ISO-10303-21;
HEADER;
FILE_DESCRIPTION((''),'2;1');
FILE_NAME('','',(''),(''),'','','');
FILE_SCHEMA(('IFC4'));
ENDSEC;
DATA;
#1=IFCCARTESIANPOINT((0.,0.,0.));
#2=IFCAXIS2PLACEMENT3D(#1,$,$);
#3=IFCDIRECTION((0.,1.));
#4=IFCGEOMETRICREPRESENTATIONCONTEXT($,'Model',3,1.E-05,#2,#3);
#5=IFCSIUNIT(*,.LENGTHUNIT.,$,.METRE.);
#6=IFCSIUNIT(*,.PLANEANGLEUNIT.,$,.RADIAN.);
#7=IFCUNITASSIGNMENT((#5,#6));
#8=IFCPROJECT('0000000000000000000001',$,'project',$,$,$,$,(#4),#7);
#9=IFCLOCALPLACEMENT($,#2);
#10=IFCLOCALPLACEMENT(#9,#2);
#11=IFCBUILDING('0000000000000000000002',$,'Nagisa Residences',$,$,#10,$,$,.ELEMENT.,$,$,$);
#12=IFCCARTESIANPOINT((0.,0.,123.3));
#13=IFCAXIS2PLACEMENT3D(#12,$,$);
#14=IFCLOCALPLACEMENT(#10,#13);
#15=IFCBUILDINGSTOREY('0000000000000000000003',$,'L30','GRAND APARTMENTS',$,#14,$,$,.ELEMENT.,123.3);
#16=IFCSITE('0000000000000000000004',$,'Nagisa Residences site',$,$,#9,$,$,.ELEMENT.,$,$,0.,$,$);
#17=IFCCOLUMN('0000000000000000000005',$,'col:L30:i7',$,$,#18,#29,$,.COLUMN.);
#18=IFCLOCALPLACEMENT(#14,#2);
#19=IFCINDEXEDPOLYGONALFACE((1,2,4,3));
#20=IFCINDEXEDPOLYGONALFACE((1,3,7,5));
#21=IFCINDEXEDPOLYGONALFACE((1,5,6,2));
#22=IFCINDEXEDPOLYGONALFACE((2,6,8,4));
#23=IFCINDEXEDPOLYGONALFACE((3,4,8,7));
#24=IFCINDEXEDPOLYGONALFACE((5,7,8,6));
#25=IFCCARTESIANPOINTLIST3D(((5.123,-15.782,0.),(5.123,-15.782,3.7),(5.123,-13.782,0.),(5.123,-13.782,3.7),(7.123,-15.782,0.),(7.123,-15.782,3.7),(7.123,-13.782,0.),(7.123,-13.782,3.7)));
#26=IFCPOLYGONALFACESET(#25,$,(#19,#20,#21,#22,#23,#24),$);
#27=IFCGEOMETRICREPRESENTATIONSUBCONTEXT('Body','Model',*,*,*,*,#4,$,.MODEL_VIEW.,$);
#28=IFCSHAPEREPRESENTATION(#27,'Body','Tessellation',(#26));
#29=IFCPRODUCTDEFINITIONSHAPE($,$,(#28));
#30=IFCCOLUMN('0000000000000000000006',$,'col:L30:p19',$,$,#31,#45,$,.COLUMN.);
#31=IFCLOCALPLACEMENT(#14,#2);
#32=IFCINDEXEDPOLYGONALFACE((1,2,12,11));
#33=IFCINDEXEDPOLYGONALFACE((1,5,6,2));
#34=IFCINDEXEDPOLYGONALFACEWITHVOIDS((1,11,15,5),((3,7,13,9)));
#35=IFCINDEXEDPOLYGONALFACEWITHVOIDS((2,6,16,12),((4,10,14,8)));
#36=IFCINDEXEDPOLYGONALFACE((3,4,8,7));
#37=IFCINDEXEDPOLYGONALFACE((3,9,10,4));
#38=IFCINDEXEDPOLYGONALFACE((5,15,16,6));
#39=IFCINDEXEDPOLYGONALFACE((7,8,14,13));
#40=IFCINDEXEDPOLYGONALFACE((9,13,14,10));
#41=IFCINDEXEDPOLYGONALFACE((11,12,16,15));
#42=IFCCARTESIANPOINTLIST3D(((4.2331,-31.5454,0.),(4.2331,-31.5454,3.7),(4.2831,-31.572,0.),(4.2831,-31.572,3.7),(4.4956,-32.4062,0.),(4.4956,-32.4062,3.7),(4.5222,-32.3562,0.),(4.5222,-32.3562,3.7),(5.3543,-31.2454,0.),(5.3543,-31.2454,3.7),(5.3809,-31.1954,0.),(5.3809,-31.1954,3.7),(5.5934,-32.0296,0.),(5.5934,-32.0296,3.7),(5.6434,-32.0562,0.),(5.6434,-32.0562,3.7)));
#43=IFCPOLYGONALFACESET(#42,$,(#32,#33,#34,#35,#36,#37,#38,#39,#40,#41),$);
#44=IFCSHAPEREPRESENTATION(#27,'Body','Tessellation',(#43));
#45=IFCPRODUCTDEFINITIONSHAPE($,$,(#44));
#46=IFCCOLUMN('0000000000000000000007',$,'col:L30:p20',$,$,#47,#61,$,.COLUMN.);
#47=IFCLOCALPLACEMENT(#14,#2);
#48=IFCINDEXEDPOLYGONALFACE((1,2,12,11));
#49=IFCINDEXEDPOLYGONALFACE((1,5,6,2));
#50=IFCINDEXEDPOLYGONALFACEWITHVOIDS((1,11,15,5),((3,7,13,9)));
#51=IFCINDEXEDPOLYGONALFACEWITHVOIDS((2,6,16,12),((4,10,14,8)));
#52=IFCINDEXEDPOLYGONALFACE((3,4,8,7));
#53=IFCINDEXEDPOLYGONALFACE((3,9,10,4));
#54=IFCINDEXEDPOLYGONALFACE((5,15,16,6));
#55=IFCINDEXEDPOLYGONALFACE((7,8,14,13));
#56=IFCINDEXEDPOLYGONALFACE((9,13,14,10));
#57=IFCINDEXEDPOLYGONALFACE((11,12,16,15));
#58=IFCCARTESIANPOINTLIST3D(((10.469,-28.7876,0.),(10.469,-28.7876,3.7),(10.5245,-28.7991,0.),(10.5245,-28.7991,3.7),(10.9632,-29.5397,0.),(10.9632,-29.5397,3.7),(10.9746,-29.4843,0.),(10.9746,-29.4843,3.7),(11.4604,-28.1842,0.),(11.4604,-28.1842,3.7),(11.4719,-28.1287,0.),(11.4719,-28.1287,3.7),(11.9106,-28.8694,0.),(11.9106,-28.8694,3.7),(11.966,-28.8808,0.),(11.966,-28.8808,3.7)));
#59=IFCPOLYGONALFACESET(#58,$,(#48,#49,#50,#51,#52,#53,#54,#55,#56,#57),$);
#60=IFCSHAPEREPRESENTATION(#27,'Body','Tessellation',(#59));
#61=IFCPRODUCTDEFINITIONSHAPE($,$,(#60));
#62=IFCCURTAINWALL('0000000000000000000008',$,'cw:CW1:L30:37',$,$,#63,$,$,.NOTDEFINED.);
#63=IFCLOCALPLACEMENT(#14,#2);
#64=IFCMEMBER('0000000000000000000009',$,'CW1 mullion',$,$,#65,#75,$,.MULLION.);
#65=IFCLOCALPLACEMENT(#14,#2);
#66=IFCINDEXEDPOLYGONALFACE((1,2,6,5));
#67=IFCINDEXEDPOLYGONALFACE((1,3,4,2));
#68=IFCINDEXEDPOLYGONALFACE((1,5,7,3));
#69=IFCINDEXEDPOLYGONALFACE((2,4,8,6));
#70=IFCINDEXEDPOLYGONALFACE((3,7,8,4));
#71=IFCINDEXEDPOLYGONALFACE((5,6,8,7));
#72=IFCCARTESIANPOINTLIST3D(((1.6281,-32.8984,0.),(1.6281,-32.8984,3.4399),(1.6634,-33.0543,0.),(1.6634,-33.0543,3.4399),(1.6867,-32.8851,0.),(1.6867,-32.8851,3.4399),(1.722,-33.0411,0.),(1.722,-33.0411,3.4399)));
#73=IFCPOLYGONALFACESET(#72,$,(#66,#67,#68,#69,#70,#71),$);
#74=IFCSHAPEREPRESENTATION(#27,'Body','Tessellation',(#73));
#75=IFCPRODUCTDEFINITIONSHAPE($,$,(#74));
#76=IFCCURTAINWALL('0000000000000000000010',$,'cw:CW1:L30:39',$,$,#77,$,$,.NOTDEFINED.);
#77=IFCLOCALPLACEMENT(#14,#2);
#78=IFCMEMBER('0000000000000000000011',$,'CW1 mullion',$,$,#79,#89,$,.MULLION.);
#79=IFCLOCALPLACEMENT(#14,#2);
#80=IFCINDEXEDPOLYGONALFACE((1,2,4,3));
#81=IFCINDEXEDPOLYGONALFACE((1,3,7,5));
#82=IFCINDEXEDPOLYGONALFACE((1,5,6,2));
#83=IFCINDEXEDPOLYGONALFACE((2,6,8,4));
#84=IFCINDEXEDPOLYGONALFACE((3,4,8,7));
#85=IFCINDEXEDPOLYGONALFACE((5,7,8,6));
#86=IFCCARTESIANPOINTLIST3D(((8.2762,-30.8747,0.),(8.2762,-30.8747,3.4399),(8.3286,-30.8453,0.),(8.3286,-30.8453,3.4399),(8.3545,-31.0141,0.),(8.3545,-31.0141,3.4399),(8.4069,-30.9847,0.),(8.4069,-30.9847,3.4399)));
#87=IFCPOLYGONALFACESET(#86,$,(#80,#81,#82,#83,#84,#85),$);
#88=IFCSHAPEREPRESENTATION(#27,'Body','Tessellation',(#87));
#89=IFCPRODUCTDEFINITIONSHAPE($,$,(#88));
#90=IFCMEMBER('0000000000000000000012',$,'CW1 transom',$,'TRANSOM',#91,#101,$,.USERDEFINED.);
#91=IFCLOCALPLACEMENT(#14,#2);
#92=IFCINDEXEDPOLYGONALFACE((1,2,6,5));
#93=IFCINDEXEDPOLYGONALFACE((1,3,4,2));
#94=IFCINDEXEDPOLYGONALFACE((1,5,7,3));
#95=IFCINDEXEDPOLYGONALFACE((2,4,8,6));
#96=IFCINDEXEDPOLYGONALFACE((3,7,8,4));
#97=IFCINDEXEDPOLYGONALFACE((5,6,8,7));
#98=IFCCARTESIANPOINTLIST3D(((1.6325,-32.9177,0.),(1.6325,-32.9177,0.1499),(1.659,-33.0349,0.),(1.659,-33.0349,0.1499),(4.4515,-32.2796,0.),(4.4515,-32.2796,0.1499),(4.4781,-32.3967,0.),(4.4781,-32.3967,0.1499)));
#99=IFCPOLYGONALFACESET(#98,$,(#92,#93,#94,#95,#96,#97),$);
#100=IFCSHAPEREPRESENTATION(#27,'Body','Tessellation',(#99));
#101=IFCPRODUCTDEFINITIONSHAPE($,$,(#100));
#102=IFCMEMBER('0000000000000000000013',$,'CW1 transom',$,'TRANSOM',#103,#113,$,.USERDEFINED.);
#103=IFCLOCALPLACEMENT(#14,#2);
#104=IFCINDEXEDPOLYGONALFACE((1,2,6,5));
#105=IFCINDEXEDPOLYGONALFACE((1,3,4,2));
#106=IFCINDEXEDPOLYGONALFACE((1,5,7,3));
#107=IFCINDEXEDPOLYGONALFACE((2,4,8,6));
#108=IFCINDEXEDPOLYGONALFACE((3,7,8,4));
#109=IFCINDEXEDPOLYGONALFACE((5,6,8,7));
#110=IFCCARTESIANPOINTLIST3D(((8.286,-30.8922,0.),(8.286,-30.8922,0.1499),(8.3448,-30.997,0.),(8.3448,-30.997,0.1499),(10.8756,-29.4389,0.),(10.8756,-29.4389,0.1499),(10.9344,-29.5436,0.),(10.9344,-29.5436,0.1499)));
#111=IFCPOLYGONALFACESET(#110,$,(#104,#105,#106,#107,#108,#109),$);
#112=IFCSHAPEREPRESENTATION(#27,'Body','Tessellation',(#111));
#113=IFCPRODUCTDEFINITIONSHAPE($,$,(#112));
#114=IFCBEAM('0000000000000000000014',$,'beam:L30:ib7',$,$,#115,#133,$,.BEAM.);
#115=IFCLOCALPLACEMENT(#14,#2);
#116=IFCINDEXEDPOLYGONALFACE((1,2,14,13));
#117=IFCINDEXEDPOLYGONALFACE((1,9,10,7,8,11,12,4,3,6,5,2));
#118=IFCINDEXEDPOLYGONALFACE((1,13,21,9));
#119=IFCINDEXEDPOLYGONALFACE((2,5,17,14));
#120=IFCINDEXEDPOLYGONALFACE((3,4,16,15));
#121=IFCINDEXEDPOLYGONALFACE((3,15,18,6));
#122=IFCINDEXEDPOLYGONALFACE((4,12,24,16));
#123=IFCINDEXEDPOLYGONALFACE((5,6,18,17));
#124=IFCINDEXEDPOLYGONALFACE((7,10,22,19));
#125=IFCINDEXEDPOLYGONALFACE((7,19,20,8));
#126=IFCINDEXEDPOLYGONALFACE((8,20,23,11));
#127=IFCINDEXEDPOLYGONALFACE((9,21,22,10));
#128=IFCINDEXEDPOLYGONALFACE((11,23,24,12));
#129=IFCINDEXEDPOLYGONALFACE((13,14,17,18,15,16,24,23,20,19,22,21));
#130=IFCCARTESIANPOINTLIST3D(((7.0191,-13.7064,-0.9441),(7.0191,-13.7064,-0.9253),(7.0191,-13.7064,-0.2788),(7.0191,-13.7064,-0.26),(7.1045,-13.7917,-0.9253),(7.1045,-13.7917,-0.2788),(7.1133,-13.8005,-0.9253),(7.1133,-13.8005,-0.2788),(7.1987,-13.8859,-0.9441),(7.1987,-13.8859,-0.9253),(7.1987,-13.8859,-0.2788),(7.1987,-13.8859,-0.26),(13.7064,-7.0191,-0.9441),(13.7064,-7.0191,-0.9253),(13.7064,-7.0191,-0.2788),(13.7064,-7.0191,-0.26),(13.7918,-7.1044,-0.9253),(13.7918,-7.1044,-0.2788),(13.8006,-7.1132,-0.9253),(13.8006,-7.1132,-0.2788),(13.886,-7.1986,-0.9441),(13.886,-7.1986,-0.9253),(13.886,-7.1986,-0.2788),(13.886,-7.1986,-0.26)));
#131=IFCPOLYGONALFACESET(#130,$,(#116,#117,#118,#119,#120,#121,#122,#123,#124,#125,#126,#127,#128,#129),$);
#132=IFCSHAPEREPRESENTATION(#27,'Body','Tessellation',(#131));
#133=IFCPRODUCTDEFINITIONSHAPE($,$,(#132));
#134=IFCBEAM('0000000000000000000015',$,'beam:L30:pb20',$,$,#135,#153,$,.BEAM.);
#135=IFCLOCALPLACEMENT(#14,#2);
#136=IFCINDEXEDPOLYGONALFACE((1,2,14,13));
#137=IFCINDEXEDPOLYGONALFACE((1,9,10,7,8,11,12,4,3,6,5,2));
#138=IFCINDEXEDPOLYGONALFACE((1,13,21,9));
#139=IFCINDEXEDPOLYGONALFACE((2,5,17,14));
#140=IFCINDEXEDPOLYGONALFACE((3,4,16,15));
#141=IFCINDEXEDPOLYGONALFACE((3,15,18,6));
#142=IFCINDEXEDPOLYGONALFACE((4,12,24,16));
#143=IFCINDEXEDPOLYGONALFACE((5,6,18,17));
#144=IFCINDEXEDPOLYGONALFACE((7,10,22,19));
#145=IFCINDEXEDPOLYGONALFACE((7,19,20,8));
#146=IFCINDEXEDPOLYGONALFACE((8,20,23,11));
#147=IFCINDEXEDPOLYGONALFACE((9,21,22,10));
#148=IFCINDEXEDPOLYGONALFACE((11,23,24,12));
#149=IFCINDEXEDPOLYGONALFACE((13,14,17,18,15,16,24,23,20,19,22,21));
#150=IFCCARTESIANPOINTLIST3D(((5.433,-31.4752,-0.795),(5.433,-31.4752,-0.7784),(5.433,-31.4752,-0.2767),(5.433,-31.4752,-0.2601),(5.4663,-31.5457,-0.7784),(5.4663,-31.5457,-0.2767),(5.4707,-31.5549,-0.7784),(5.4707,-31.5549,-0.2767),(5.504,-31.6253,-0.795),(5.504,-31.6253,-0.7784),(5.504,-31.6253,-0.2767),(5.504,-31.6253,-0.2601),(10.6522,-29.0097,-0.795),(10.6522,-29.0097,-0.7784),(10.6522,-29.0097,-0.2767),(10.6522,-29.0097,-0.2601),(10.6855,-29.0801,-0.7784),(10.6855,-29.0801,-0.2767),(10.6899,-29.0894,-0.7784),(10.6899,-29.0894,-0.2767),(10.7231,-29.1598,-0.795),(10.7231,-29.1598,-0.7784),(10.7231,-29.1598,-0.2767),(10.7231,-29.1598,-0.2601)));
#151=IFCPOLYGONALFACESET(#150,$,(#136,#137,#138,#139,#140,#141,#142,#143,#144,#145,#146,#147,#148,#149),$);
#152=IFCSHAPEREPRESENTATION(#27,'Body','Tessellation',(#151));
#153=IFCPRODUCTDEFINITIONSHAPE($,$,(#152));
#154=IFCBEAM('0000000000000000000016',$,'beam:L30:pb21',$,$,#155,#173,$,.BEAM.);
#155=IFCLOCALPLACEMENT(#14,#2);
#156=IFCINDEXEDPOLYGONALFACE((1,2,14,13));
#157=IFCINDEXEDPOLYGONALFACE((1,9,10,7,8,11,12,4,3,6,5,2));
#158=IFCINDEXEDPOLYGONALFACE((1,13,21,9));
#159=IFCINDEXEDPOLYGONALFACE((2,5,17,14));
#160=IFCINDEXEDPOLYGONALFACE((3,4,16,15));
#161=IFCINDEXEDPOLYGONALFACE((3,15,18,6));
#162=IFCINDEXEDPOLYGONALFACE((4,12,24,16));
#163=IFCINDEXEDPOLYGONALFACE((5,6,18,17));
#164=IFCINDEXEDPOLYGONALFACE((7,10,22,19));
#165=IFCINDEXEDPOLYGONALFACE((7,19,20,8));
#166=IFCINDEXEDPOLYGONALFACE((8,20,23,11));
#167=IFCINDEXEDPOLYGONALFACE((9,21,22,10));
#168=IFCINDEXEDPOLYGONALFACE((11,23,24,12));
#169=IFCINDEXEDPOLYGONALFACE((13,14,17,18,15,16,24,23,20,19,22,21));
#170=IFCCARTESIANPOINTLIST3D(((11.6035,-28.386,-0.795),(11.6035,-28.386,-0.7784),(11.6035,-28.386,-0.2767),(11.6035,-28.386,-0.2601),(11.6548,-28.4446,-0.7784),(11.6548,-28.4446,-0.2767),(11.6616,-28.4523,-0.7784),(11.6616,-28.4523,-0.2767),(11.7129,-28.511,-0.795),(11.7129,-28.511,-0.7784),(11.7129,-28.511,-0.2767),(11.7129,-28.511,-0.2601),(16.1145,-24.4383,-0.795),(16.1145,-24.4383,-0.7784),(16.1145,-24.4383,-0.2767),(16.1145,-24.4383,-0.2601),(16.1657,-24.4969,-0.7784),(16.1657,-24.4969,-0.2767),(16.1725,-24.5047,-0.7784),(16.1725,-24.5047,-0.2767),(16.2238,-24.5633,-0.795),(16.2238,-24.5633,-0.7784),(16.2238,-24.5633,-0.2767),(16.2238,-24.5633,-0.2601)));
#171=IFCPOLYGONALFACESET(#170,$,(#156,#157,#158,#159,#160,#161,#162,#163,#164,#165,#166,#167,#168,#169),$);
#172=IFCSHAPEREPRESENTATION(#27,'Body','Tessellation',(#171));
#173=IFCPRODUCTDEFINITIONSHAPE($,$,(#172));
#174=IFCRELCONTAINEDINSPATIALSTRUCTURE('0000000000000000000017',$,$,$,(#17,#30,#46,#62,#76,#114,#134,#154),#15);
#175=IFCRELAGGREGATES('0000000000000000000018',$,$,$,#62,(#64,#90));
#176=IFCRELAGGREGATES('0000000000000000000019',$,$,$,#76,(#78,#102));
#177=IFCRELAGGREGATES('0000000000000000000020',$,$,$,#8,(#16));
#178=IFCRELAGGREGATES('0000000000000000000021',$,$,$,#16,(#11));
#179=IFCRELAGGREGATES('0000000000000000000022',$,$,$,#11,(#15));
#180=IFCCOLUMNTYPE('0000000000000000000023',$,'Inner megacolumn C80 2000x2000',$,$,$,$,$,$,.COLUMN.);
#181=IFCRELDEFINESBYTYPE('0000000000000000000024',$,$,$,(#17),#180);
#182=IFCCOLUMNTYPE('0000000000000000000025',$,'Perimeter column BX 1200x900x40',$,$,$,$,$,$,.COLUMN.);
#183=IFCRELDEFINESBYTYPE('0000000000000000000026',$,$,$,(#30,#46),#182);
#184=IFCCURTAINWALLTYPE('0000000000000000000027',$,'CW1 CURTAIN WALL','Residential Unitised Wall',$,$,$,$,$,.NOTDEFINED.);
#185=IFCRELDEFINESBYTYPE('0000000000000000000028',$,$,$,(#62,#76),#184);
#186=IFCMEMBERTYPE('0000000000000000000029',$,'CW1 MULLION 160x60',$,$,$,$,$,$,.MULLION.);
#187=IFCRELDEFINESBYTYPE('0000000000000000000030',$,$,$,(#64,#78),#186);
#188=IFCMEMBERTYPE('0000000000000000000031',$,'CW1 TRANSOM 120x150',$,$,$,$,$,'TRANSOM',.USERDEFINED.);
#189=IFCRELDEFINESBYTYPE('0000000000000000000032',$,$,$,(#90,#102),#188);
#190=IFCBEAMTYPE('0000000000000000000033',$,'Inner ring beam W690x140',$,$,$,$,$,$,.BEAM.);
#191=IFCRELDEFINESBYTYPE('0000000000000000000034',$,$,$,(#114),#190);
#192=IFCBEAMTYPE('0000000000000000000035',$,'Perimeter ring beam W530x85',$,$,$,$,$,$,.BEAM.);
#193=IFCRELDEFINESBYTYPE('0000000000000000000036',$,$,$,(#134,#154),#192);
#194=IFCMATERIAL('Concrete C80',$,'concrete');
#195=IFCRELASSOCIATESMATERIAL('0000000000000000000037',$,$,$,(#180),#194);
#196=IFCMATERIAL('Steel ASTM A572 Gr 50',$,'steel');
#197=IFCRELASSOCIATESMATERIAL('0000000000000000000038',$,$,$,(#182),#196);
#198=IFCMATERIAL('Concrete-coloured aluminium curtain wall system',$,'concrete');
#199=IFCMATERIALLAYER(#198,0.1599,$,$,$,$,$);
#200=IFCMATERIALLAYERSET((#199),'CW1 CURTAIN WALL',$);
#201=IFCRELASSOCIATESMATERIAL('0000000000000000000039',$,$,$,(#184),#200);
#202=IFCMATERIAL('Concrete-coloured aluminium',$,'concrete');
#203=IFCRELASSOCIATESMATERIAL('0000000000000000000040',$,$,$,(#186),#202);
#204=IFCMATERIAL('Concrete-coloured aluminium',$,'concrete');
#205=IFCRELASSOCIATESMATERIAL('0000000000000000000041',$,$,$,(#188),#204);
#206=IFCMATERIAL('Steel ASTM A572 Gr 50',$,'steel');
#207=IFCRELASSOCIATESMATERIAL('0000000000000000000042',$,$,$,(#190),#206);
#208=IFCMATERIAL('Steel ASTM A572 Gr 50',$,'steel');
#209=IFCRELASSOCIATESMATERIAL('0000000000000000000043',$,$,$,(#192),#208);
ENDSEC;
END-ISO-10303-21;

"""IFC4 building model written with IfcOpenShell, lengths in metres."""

from ifc_helpers import new_model, si_unit, direction, frame, origin, origin_2d, place, context, subcontext, project, spatial, rectangle, hollow_rectangle, i_section, extrude, material, layer, layer_set, material_profile, profile_set, type_object, element, aggregate, save


model = new_model("IFC4")

# Units and contexts
model_context = context("Model", 3, precision=1e-05, world=origin(), true_north=direction((0.0, 1.0)))
body_context = subcontext(model_context, "Body", "Model", "MODEL_VIEW")
ifc_project = project(units=[si_unit("LENGTHUNIT", "METRE"), si_unit("PLANEANGLEUNIT", "RADIAN")], contexts=[model_context])

# Site, building, storey
site_placement = place(None, origin())
site = spatial("IfcSite", under=ifc_project, at=site_placement, Name="Nagisa Residences site", CompositionType="ELEMENT", RefElevation=0.0)
building_placement = place(site_placement, origin())
building = spatial("IfcBuilding", under=site, at=building_placement, Name="Nagisa Residences", CompositionType="ELEMENT")
storey_placement = place(building_placement, frame((0.0, 0.0, 123.3)))
storey = spatial("IfcBuildingStorey", under=building, at=storey_placement, Name="L30", Description="GRAND APARTMENTS", CompositionType="ELEMENT", Elevation=123.3)

# Columns
ifc_material_1 = material(Name="Concrete C80", Category="concrete")
ifc_material_profile_1 = material_profile(ifc_material_1, rectangle(XDim=2.0, YDim=2.0, at=origin_2d()), Name="C80 2000x2000")
ifc_profile_set_1 = profile_set([ifc_material_profile_1], Name="Concrete C80")
column_type_1 = type_object("IfcColumnType", Name="Inner megacolumn C80 2000x2000", PredefinedType="COLUMN", material=ifc_profile_set_1)
column_placement = place(storey_placement, frame((6.123, -14.782, 0.0), z_axis=(0.0, 0.0, 1.0), x_axis=(1.0, 0.0, 0.0)))
element("IfcColumn", 1, at=column_placement, inside=storey, type_object=column_type_1, Name="col:L30:i7", PredefinedType="COLUMN", context=body_context, shape_type="SweptSolid", body=[
    extrude(rectangle(XDim=2.0, YDim=2.0, at=origin_2d()), origin(), (0.0, 0.0, 1.0), 3.7),
])
ifc_material_2 = material(Name="Steel ASTM A572 Gr 50", Category="steel")
ifc_material_profile_2 = material_profile(ifc_material_2, hollow_rectangle(XDim=1.2, YDim=0.8999, WallThickness=0.04, at=origin_2d()), Name="BX 1200x900x40")
ifc_profile_set_2 = profile_set([ifc_material_profile_2], Name="Steel ASTM A572 Gr 50")
column_type_2 = type_object("IfcColumnType", Name="Perimeter column BX 1200x900x40", PredefinedType="COLUMN", material=ifc_profile_set_2)
for number, where, z_axis, x_axis, name in (
    (2, (4.9382, -31.8008, 0.0), (0.0, 0.0, 1.0), (0.956525, 0.291652, 0.0), "col:L30:p19"),
    (3, (11.2175, -28.8342, 0.0), (0.0, 0.0, 1.0), (0.835766, 0.549086, 0.0), "col:L30:p20"),
):
    element("IfcColumn", number, at=place(storey_placement, frame(where, z_axis=z_axis, x_axis=x_axis)), inside=storey, type_object=column_type_2, Name=name, PredefinedType="COLUMN", context=body_context, shape_type="SweptSolid", body=[
        extrude(hollow_rectangle(XDim=1.2, YDim=0.8999, WallThickness=0.04, at=origin_2d()), origin(), (0.0, 0.0, 1.0), 3.7),
    ])

# Curtain walls, members
ifc_material_3 = material(Name="Concrete-coloured aluminium curtain wall system", Category="concrete")
ifc_layer_1 = layer(ifc_material_3, 0.1599)
ifc_layer_set_1 = layer_set([ifc_layer_1], Name="CW1 CURTAIN WALL")
curtain_wall_type = type_object("IfcCurtainWallType", Name="CW1 CURTAIN WALL", Description="Residential Unitised Wall", PredefinedType="NOTDEFINED", material=ifc_layer_set_1)
curtain_wall_1_placement = place(storey_placement, origin())
curtain_wall_1 = element("IfcCurtainWall", 4, at=curtain_wall_1_placement, inside=storey, type_object=curtain_wall_type, Name="cw:CW1:L30:37", PredefinedType="NOTDEFINED")
ifc_material_4 = material(Name="Concrete-coloured aluminium", Category="concrete")
ifc_material_profile_3 = material_profile(ifc_material_4, rectangle(XDim=0.1599, YDim=0.0601, at=origin_2d()), Name="CW1 MULLION 160x60")
ifc_profile_set_3 = profile_set([ifc_material_profile_3], Name="Concrete-coloured aluminium")
member_type_1 = type_object("IfcMemberType", Name="CW1 MULLION 160x60", PredefinedType="MULLION", material=ifc_profile_set_3)
member_1_placement = place(storey_placement, frame((1.675, -32.9697, 0.0), z_axis=(0.0, 0.0, 1.0), x_axis=(-0.220764, 0.975327, 0.0)))
member_1 = element("IfcMember", 5, at=member_1_placement, type_object=member_type_1, Name="CW1 mullion", PredefinedType="MULLION", context=body_context, shape_type="SweptSolid", body=[
    extrude(rectangle(XDim=0.1599, YDim=0.0601, at=origin_2d()), origin(), (0.0, 0.0, 1.0), 3.4399),
])
curtain_wall_2_placement = place(storey_placement, origin())
curtain_wall_2 = element("IfcCurtainWall", 6, at=curtain_wall_2_placement, inside=storey, type_object=curtain_wall_type, Name="cw:CW1:L30:39", PredefinedType="NOTDEFINED")
member_2_placement = place(storey_placement, frame((8.3416, -30.9297, 0.0), z_axis=(0.0, 0.0, 1.0), x_axis=(-0.489377, 0.872072, 0.0)))
member_2 = element("IfcMember", 7, at=member_2_placement, type_object=member_type_1, Name="CW1 mullion", PredefinedType="MULLION", context=body_context, shape_type="SweptSolid", body=[
    extrude(rectangle(XDim=0.1599, YDim=0.0601, at=origin_2d()), origin(), (0.0, 0.0, 1.0), 3.4399),
])

# Members
ifc_material_5 = material(Name="Concrete-coloured aluminium", Category="concrete")
ifc_material_profile_4 = material_profile(ifc_material_5, rectangle(XDim=0.1201, YDim=0.1499, at=origin_2d()), Name="CW1 TRANSOM 120x150")
ifc_profile_set_4 = profile_set([ifc_material_profile_4], Name="Concrete-coloured aluminium")
member_type_2 = type_object("IfcMemberType", Name="CW1 TRANSOM 120x150", ElementType="TRANSOM", PredefinedType="USERDEFINED", material=ifc_profile_set_4)
member_3_placement = place(storey_placement, frame((1.6458, -32.9763, 0.075), z_axis=(0.975321, 0.220792, 0.0), x_axis=(-0.220792, 0.975321, 0.0)))
member_3 = element("IfcMember", 8, at=member_3_placement, type_object=member_type_2, Name="CW1 transom", ObjectType="TRANSOM", PredefinedType="USERDEFINED", context=body_context, shape_type="SweptSolid", body=[
    extrude(rectangle(XDim=0.1201, YDim=0.1499, at=origin_2d()), origin(), (0.0, 0.0, 1.0), 2.8904),
])
member_4_placement = place(storey_placement, frame((8.3154, -30.9446, 0.075), z_axis=(0.872047, 0.489422, 0.0), x_axis=(-0.489422, 0.872047, 0.0)))
member_4 = element("IfcMember", 9, at=member_4_placement, type_object=member_type_2, Name="CW1 transom", ObjectType="TRANSOM", PredefinedType="USERDEFINED", context=body_context, shape_type="SweptSolid", body=[
    extrude(rectangle(XDim=0.1201, YDim=0.1499, at=origin_2d()), origin(), (0.0, 0.0, 1.0), 2.9695),
])

# Beams
ifc_material_6 = material(Name="Steel ASTM A572 Gr 50", Category="steel")
ifc_material_profile_5 = material_profile(ifc_material_6, i_section(OverallWidth=0.2539, OverallDepth=0.6841, WebThickness=0.0125, FlangeThickness=0.0188, at=origin_2d()), Name="W690x140")
ifc_profile_set_5 = profile_set([ifc_material_profile_5], Name="Steel ASTM A572 Gr 50")
beam_type_1 = type_object("IfcBeamType", Name="Inner ring beam W690x140", PredefinedType="BEAM", material=ifc_profile_set_5)
beam_1_placement = place(storey_placement, frame((7.1089, -13.7961, -0.6021), z_axis=(0.707107, 0.707107, 0.0), x_axis=(-0.707107, 0.707107, 0.0)))
element("IfcBeam", 10, at=beam_1_placement, inside=storey, type_object=beam_type_1, Name="beam:L30:ib7", PredefinedType="BEAM", context=body_context, shape_type="SweptSolid", body=[
    extrude(i_section(OverallWidth=0.2539, OverallDepth=0.6841, WebThickness=0.0125, FlangeThickness=0.0188, at=origin_2d()), origin(), (0.0, 0.0, 1.0), 9.4573),
])
ifc_material_7 = material(Name="Steel ASTM A572 Gr 50", Category="steel")
ifc_material_profile_6 = material_profile(ifc_material_7, i_section(OverallWidth=0.166, OverallDepth=0.5349, WebThickness=0.0103, FlangeThickness=0.0166, at=origin_2d()), Name="W530x85")
ifc_profile_set_6 = profile_set([ifc_material_profile_6], Name="Steel ASTM A572 Gr 50")
beam_type_2 = type_object("IfcBeamType", Name="Perimeter ring beam W530x85", PredefinedType="BEAM", material=ifc_profile_set_6)
beam_2_placement = place(storey_placement, frame((5.4685, -31.5503, -0.5276), z_axis=(0.904186, 0.427139, 0.0), x_axis=(-0.427139, 0.904186, 0.0)))
element("IfcBeam", 11, at=beam_2_placement, inside=storey, type_object=beam_type_2, Name="beam:L30:pb20", PredefinedType="BEAM", context=body_context, shape_type="SweptSolid", body=[
    extrude(i_section(OverallWidth=0.166, OverallDepth=0.5349, WebThickness=0.0103, FlangeThickness=0.0166, at=origin_2d()), origin(), (0.0, 0.0, 1.0), 5.7722),
])
beam_3_placement = place(storey_placement, frame((11.6582, -28.4485, -0.5276), z_axis=(0.752524, 0.658565, 0.0), x_axis=(-0.658565, 0.752524, 0.0)))
element("IfcBeam", 12, at=beam_3_placement, inside=storey, type_object=beam_type_2, Name="beam:L30:pb21", PredefinedType="BEAM", context=body_context, shape_type="SweptSolid", body=[
    extrude(i_section(OverallWidth=0.166, OverallDepth=0.5349, WebThickness=0.0103, FlangeThickness=0.0166, at=origin_2d()), origin(), (0.0, 0.0, 1.0), 5.9944),
])

aggregate(curtain_wall_1, [member_1, member_3])
aggregate(curtain_wall_2, [member_2, member_4])

save(model, "model.ifc")
